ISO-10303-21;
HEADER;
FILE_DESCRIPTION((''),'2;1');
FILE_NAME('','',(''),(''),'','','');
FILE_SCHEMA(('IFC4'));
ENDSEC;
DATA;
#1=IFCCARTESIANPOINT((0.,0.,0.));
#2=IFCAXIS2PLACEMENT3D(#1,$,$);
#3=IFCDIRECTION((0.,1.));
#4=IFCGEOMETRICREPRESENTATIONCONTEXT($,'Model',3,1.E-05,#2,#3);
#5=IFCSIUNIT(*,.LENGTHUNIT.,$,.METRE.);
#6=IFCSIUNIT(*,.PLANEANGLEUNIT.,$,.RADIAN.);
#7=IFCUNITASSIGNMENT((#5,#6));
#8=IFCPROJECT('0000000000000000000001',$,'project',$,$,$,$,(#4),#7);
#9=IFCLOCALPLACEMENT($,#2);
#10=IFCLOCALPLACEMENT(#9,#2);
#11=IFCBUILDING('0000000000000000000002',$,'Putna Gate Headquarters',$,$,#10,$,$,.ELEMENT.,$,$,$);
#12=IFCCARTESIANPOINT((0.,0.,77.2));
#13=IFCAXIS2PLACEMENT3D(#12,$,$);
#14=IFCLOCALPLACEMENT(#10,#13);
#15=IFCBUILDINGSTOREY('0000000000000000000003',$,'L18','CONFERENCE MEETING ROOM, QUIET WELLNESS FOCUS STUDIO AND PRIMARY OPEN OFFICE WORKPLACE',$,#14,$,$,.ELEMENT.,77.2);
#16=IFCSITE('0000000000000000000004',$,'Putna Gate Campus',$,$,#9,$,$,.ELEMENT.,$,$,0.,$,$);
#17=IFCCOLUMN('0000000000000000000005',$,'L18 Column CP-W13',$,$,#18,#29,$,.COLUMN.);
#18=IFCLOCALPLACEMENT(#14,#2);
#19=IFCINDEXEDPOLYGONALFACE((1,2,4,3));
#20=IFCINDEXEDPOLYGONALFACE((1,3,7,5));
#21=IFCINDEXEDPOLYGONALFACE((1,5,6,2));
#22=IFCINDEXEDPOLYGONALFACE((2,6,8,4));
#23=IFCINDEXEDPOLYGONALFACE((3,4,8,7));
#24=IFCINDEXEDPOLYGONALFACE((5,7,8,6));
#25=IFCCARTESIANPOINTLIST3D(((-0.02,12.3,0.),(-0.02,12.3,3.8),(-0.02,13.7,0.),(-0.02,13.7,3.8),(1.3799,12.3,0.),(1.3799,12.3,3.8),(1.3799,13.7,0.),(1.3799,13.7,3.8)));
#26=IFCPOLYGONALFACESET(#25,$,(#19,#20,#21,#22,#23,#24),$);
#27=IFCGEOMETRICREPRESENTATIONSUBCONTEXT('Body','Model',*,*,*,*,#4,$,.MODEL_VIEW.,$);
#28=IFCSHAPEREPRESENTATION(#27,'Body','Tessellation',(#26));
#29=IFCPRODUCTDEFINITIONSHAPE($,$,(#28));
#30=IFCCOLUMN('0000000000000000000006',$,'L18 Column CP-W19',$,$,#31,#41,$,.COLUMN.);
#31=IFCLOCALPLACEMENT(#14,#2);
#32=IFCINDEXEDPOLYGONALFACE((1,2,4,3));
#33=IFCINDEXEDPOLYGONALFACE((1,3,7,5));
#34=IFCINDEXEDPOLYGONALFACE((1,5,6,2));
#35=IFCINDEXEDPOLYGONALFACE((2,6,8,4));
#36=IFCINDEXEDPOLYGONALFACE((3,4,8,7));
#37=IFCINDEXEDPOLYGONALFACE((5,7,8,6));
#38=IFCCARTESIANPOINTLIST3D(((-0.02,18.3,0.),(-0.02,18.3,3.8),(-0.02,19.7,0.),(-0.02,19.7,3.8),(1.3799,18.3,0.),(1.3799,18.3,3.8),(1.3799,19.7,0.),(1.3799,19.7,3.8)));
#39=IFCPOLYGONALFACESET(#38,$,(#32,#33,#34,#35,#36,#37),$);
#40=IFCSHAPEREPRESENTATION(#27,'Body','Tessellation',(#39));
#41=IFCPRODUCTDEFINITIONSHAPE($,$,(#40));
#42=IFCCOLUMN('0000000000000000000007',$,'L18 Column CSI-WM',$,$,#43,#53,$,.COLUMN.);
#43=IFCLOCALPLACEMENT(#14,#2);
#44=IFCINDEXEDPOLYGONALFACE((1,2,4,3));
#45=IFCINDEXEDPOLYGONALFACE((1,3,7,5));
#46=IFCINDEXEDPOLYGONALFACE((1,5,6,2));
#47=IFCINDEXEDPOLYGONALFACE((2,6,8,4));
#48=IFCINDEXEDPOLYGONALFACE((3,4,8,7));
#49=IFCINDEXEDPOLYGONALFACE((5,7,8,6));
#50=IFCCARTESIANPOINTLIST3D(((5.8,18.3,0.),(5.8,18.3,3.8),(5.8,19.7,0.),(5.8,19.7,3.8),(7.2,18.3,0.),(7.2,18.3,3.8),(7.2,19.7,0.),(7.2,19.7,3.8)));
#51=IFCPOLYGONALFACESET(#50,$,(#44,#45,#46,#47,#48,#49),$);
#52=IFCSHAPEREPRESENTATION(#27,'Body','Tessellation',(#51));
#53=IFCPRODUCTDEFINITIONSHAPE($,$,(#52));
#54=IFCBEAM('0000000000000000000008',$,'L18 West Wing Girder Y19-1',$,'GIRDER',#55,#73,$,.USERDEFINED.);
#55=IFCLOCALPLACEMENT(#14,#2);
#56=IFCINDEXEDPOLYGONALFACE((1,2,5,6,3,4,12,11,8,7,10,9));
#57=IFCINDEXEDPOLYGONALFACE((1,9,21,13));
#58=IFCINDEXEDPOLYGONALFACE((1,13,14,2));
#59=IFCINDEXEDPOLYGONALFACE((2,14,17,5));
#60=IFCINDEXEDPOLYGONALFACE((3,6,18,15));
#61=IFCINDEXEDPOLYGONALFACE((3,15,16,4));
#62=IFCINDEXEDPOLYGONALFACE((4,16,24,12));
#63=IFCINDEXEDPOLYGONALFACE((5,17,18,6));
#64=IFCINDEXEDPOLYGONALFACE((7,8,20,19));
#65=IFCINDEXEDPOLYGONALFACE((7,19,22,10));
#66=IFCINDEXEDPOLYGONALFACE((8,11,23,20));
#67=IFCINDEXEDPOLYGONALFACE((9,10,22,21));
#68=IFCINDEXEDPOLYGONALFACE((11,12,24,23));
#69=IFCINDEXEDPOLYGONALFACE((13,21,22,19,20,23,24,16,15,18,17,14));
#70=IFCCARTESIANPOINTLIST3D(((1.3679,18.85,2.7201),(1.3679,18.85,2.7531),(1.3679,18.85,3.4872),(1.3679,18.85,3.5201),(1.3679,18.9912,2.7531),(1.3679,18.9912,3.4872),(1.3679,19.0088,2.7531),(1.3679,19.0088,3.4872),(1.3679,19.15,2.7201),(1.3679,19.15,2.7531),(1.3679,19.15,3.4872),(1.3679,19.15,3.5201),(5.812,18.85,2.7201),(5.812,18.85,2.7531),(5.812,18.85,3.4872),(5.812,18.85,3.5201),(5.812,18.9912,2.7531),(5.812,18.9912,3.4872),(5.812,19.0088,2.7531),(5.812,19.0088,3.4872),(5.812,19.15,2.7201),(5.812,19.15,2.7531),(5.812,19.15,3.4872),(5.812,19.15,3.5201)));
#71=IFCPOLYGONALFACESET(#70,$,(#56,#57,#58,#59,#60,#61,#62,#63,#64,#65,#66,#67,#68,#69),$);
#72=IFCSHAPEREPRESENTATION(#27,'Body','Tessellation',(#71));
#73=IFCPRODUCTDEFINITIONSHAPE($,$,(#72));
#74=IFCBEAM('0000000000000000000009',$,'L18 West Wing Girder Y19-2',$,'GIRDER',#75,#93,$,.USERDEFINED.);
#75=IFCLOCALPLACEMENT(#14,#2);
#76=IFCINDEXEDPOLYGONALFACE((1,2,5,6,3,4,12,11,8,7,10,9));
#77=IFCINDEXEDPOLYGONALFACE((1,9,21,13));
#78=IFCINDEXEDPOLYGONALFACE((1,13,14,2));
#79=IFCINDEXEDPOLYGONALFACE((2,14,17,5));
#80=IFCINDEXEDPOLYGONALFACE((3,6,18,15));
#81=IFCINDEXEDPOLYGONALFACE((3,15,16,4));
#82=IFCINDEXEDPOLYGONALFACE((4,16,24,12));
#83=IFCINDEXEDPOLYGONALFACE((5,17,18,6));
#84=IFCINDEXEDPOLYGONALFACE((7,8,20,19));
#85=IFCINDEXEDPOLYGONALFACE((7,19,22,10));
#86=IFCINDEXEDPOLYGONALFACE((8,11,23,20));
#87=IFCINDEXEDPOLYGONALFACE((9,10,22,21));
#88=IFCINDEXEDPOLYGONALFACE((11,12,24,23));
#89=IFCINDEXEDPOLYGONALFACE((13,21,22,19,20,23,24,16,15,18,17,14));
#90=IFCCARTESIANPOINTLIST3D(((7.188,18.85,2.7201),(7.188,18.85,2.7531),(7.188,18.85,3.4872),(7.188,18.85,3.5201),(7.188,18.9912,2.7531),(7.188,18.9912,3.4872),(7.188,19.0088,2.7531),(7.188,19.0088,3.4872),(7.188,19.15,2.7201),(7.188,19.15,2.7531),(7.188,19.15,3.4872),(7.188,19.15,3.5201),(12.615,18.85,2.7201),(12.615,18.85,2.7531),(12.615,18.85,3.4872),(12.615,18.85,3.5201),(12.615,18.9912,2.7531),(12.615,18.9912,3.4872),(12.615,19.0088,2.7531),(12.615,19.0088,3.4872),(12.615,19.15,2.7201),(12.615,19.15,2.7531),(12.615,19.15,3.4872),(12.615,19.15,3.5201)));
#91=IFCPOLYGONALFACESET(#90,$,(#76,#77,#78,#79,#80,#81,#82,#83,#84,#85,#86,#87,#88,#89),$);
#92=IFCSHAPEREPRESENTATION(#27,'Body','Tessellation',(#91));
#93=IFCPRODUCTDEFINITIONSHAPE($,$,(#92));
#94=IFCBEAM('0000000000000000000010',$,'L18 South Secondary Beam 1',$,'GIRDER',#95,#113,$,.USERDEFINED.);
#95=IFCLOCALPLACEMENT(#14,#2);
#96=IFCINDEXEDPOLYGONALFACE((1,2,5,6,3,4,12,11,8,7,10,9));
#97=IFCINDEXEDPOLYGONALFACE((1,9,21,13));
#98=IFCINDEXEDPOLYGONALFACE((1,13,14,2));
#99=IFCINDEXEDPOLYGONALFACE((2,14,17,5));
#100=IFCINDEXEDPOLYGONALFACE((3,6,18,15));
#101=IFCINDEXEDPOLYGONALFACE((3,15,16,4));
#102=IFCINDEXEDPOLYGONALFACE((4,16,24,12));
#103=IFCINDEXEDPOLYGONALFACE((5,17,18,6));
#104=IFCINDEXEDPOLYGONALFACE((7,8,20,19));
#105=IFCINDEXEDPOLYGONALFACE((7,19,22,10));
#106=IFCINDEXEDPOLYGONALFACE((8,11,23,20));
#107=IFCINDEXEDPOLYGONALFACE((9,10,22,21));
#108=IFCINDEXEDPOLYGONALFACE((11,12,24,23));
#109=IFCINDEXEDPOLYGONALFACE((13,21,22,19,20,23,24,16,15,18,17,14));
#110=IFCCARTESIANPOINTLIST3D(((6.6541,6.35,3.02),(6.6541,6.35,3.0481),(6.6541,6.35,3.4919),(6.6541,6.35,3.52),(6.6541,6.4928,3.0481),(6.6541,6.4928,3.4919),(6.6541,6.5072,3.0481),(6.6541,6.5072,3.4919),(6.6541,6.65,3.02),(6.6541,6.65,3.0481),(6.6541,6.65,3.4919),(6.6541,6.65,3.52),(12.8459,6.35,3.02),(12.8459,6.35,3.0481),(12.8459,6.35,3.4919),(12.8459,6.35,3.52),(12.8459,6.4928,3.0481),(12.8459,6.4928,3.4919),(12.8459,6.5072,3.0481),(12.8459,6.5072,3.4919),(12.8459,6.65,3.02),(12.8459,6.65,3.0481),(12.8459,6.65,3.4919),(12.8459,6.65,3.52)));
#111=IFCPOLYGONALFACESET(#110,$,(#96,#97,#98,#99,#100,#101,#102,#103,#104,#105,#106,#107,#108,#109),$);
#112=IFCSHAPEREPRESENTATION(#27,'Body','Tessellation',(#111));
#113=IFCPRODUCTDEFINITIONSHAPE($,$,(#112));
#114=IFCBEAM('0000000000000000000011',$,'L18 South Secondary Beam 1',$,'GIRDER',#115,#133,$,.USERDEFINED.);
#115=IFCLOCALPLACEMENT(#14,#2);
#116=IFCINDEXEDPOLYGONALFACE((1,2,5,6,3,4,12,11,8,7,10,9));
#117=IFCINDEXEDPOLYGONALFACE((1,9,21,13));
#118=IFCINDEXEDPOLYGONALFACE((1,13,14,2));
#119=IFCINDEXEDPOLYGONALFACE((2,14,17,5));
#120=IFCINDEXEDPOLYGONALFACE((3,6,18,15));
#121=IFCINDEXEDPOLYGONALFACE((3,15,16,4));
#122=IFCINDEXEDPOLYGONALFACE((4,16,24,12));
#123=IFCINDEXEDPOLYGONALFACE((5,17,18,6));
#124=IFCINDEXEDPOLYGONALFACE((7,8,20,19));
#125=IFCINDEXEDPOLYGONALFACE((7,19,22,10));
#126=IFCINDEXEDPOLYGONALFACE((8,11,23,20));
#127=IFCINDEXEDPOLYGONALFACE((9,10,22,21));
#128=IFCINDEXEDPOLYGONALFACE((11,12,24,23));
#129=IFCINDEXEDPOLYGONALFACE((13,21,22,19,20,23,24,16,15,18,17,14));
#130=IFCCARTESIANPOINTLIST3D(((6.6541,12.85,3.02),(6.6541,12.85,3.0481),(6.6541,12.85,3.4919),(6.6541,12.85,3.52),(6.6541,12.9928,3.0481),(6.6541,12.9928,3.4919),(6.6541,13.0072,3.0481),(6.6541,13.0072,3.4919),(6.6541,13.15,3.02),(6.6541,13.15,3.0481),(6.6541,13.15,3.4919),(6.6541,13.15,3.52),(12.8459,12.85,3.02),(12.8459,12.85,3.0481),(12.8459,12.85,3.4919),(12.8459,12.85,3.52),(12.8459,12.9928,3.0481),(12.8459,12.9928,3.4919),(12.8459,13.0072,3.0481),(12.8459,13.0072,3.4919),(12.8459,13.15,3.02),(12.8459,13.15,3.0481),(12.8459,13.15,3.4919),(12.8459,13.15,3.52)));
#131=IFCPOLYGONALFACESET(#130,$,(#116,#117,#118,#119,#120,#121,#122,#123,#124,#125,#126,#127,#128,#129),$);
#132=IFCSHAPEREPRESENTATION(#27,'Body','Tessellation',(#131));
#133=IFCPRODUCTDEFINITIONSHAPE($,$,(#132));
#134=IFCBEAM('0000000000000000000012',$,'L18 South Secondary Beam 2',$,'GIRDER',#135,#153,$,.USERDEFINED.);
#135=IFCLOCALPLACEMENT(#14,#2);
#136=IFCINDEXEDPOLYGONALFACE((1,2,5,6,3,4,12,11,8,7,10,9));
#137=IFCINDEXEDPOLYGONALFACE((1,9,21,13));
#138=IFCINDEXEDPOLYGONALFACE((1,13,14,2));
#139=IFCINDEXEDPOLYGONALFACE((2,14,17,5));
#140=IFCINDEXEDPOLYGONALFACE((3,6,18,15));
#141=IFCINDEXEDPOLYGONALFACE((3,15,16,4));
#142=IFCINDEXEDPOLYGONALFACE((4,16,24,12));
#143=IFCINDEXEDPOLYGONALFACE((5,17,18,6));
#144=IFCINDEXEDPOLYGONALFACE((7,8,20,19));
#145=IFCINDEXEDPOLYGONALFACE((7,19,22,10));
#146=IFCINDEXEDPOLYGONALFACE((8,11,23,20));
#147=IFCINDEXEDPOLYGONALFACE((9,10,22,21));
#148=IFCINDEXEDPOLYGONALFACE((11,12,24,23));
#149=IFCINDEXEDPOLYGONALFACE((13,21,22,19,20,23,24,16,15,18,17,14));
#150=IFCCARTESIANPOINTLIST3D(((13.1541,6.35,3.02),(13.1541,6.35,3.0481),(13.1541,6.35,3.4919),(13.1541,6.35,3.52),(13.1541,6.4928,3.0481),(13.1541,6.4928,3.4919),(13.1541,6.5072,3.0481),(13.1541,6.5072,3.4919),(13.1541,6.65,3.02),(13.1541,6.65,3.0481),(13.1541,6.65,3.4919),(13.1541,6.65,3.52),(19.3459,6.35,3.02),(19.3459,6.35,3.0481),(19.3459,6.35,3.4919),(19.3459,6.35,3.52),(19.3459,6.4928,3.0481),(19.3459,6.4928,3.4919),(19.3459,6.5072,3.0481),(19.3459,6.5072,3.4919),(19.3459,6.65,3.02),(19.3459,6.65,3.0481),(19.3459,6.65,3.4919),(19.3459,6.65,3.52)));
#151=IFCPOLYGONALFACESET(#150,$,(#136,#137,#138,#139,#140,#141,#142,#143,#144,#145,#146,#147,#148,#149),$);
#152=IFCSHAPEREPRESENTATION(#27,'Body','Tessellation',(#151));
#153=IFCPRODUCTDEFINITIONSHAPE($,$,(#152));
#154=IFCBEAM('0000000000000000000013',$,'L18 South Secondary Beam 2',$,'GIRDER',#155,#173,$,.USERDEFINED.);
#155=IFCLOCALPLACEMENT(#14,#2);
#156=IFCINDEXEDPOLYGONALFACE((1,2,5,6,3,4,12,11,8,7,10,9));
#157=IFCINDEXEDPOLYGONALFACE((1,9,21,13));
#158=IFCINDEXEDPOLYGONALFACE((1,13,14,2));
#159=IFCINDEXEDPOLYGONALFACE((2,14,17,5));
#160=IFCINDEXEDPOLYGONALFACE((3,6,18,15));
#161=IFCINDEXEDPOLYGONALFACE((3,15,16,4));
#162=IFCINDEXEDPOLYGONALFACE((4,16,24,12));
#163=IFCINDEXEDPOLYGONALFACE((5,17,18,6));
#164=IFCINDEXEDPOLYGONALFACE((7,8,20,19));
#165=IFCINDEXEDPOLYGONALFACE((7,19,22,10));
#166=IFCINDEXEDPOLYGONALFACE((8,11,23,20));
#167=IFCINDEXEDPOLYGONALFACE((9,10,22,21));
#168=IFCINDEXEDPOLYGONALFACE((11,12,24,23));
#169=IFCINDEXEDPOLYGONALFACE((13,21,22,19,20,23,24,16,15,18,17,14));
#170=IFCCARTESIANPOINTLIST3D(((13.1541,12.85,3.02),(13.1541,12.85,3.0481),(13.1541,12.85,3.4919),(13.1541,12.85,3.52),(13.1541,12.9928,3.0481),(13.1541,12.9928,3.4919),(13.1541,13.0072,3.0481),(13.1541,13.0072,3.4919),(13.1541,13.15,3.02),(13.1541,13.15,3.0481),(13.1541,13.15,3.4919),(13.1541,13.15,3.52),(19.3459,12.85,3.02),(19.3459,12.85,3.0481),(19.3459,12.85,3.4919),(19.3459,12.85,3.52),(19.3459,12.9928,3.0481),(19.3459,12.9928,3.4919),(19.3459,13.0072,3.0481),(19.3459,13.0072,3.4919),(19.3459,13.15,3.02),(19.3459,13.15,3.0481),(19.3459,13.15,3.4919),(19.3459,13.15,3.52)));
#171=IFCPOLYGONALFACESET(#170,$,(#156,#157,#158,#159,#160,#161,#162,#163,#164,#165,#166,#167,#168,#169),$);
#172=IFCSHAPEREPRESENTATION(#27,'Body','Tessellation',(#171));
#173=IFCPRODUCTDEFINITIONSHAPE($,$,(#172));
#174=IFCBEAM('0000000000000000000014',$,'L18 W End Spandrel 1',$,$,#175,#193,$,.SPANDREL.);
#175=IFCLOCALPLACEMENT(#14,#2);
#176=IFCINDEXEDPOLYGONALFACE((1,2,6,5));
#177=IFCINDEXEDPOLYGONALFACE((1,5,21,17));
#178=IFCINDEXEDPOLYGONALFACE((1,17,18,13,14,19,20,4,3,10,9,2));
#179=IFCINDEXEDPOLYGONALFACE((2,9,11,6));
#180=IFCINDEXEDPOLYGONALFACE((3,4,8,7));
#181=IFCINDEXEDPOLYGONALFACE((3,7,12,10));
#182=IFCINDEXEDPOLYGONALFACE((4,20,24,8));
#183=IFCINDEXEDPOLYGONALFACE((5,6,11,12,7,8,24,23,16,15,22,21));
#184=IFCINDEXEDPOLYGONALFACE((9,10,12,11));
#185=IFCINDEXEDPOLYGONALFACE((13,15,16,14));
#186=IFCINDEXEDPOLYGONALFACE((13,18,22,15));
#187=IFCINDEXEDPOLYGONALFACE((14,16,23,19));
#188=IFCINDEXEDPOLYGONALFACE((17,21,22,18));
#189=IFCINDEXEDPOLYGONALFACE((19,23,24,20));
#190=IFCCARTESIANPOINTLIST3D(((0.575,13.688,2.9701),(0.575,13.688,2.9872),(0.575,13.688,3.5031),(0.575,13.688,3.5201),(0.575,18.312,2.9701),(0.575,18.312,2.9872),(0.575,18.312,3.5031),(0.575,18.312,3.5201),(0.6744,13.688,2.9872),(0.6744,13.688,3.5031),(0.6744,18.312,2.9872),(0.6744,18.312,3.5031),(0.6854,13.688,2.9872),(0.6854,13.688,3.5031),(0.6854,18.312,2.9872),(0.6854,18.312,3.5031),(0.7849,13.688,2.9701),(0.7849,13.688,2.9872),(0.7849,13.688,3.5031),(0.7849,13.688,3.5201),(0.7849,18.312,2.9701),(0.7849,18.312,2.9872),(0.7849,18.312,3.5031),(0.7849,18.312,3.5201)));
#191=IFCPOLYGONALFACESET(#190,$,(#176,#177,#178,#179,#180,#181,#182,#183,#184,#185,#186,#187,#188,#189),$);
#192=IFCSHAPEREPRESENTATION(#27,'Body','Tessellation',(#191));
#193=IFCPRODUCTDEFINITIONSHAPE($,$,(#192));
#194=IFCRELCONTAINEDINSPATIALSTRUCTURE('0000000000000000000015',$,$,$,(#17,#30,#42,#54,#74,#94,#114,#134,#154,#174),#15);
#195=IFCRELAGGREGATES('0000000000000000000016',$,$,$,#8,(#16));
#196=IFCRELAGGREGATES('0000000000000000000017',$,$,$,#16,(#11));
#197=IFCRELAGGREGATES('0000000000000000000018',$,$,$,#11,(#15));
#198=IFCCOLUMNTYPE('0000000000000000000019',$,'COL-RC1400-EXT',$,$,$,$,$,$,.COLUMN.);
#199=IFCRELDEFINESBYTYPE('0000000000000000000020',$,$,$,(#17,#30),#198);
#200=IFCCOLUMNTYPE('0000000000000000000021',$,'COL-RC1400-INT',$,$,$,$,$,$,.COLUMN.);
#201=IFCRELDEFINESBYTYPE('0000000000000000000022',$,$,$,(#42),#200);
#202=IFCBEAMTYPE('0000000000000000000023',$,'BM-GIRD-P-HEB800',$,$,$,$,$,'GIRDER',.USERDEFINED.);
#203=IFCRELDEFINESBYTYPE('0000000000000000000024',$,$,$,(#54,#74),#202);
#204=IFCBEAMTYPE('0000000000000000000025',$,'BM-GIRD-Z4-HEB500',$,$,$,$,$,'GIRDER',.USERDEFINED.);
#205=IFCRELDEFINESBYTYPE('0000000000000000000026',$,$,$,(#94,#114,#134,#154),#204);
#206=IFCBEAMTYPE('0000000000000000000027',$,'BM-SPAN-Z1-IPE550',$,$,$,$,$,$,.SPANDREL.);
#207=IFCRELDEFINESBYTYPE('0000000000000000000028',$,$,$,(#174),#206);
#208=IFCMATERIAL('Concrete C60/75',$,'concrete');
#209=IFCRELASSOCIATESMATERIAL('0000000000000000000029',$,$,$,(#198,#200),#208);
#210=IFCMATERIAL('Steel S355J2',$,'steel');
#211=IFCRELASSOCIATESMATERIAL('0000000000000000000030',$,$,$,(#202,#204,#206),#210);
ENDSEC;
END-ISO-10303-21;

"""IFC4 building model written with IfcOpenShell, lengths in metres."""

from ifc_helpers import new_model, si_unit, direction, frame, origin, origin_2d, place, context, subcontext, project, spatial, rectangle, i_section, extrude, material, material_profile, profile_set, type_object, element, save


model = new_model("IFC4")

# Units and contexts
model_context = context("Model", 3, precision=1e-05, world=origin(), true_north=direction((0.0, 1.0)))
body_context = subcontext(model_context, "Body", "Model", "MODEL_VIEW")
ifc_project = project(units=[si_unit("LENGTHUNIT", "METRE"), si_unit("PLANEANGLEUNIT", "RADIAN")], contexts=[model_context])

# Site, building, storey
site_placement = place(None, origin())
site = spatial("IfcSite", under=ifc_project, at=site_placement, Name="Putna Gate Campus", CompositionType="ELEMENT", RefElevation=0.0)
building_placement = place(site_placement, origin())
building = spatial("IfcBuilding", under=site, at=building_placement, Name="Putna Gate Headquarters", CompositionType="ELEMENT")
storey_placement = place(building_placement, frame((0.0, 0.0, 77.2)))
storey = spatial("IfcBuildingStorey", under=building, at=storey_placement, Name="L18", Description="CONFERENCE MEETING ROOM, QUIET WELLNESS FOCUS STUDIO AND PRIMARY OPEN OFFICE WORKPLACE", CompositionType="ELEMENT", Elevation=77.2)

# Columns
ifc_material_1 = material(Name="Concrete C60/75", Category="concrete")
ifc_material_profile_1 = material_profile(ifc_material_1, rectangle(XDim=1.3999, YDim=1.3999, at=origin_2d()), Name="Concrete C60/75")
ifc_profile_set_1 = profile_set([ifc_material_profile_1], Name="Concrete C60/75")
column_type_1 = type_object("IfcColumnType", Name="COL-RC1400-EXT", PredefinedType="COLUMN", material=ifc_profile_set_1)
for number, where, z_axis, x_axis, name in (
    (1, (0.6799, 13.0, 0.0), (0.0, 0.0, 1.0), (1.0, 0.0, 0.0), "L18 Column CP-W13"),
    (2, (0.6799, 19.0, 0.0), (0.0, 0.0, 1.0), (1.0, 0.0, 0.0), "L18 Column CP-W19"),
):
    element("IfcColumn", number, at=place(storey_placement, frame(where, z_axis=z_axis, x_axis=x_axis)), inside=storey, type_object=column_type_1, Name=name, PredefinedType="COLUMN", context=body_context, shape_type="SweptSolid", body=[
        extrude(rectangle(XDim=1.3999, YDim=1.3999, at=origin_2d()), origin(), (0.0, 0.0, 1.0), 3.8),
    ])
ifc_material_profile_2 = material_profile(ifc_material_1, rectangle(XDim=1.3999, YDim=1.3999, at=origin_2d()), Name="Concrete C60/75")
ifc_profile_set_2 = profile_set([ifc_material_profile_2], Name="Concrete C60/75")
column_type_2 = type_object("IfcColumnType", Name="COL-RC1400-INT", PredefinedType="COLUMN", material=ifc_profile_set_2)
column_placement = place(storey_placement, frame((6.5, 19.0, 0.0), z_axis=(0.0, 0.0, 1.0), x_axis=(1.0, 0.0, 0.0)))
element("IfcColumn", 3, at=column_placement, inside=storey, type_object=column_type_2, Name="L18 Column CSI-WM", PredefinedType="COLUMN", context=body_context, shape_type="SweptSolid", body=[
    extrude(rectangle(XDim=1.3999, YDim=1.3999, at=origin_2d()), origin(), (0.0, 0.0, 1.0), 3.8),
])

# Beams
ifc_material_2 = material(Name="Steel S355J2", Category="steel")
ifc_material_profile_3 = material_profile(ifc_material_2, i_section(OverallWidth=0.3, OverallDepth=0.8, WebThickness=0.0176, FlangeThickness=0.033, at=origin_2d()), Name="Steel S355J2")
ifc_profile_set_3 = profile_set([ifc_material_profile_3], Name="Steel S355J2")
beam_type_1 = type_object("IfcBeamType", Name="BM-GIRD-P-HEB800", ElementType="GIRDER", PredefinedType="USERDEFINED", material=ifc_profile_set_3)
beam_1_placement = place(storey_placement, frame((1.3679, 19.0, 3.1201), z_axis=(1.0, 0.0, 0.0), x_axis=(0.0, 1.0, 0.0)))
element("IfcBeam", 4, at=beam_1_placement, inside=storey, type_object=beam_type_1, Name="L18 West Wing Girder Y19-1", ObjectType="GIRDER", PredefinedType="USERDEFINED", context=body_context, shape_type="SweptSolid", body=[
    extrude(i_section(OverallWidth=0.3, OverallDepth=0.8, WebThickness=0.0176, FlangeThickness=0.033, at=origin_2d()), origin(), (0.0, 0.0, 1.0), 4.4441),
])
beam_2_placement = place(storey_placement, frame((7.188, 19.0, 3.1201), z_axis=(1.0, 0.0, 0.0), x_axis=(0.0, 1.0, 0.0)))
element("IfcBeam", 5, at=beam_2_placement, inside=storey, type_object=beam_type_1, Name="L18 West Wing Girder Y19-2", ObjectType="GIRDER", PredefinedType="USERDEFINED", context=body_context, shape_type="SweptSolid", body=[
    extrude(i_section(OverallWidth=0.3, OverallDepth=0.8, WebThickness=0.0176, FlangeThickness=0.033, at=origin_2d()), origin(), (0.0, 0.0, 1.0), 5.427),
])
ifc_material_profile_4 = material_profile(ifc_material_2, i_section(OverallWidth=0.3, OverallDepth=0.5, WebThickness=0.0144, FlangeThickness=0.0281, at=origin_2d()), Name="Steel S355J2")
ifc_profile_set_4 = profile_set([ifc_material_profile_4], Name="Steel S355J2")
beam_type_2 = type_object("IfcBeamType", Name="BM-GIRD-Z4-HEB500", ElementType="GIRDER", PredefinedType="USERDEFINED", material=ifc_profile_set_4)
for number, where, z_axis, x_axis, name in (
    (6, (6.6541, 6.5, 3.27), (1.0, 0.0, 0.0), (0.0, 1.0, 0.0), "L18 South Secondary Beam 1"),
    (7, (6.6541, 13.0, 3.27), (1.0, 0.0, 0.0), (0.0, 1.0, 0.0), "L18 South Secondary Beam 1"),
    (8, (13.1541, 6.5, 3.27), (1.0, 0.0, 0.0), (0.0, 1.0, 0.0), "L18 South Secondary Beam 2"),
    (9, (13.1541, 13.0, 3.27), (1.0, 0.0, 0.0), (0.0, 1.0, 0.0), "L18 South Secondary Beam 2"),
):
    element("IfcBeam", number, at=place(storey_placement, frame(where, z_axis=z_axis, x_axis=x_axis)), inside=storey, type_object=beam_type_2, Name=name, ObjectType="GIRDER", PredefinedType="USERDEFINED", context=body_context, shape_type="SweptSolid", body=[
        extrude(i_section(OverallWidth=0.3, OverallDepth=0.5, WebThickness=0.0144, FlangeThickness=0.0281, at=origin_2d()), origin(), (0.0, 0.0, 1.0), 6.1919),
    ])
ifc_material_profile_5 = material_profile(ifc_material_2, i_section(OverallWidth=0.21, OverallDepth=0.55, WebThickness=0.011, FlangeThickness=0.0171, at=origin_2d()), Name="Steel S355J2")
ifc_profile_set_5 = profile_set([ifc_material_profile_5], Name="Steel S355J2")
beam_type_3 = type_object("IfcBeamType", Name="BM-SPAN-Z1-IPE550", PredefinedType="SPANDREL", material=ifc_profile_set_5)
beam_3_placement = place(storey_placement, frame((0.6799, 13.688, 3.2451), z_axis=(0.0, 1.0, 0.0), x_axis=(-1.0, 0.0, 0.0)))
element("IfcBeam", 10, at=beam_3_placement, inside=storey, type_object=beam_type_3, Name="L18 W End Spandrel 1", PredefinedType="SPANDREL", context=body_context, shape_type="SweptSolid", body=[
    extrude(i_section(OverallWidth=0.21, OverallDepth=0.55, WebThickness=0.011, FlangeThickness=0.0171, at=origin_2d()), origin(), (0.0, 0.0, 1.0), 4.624),
])

save(model, "model.ifc")
